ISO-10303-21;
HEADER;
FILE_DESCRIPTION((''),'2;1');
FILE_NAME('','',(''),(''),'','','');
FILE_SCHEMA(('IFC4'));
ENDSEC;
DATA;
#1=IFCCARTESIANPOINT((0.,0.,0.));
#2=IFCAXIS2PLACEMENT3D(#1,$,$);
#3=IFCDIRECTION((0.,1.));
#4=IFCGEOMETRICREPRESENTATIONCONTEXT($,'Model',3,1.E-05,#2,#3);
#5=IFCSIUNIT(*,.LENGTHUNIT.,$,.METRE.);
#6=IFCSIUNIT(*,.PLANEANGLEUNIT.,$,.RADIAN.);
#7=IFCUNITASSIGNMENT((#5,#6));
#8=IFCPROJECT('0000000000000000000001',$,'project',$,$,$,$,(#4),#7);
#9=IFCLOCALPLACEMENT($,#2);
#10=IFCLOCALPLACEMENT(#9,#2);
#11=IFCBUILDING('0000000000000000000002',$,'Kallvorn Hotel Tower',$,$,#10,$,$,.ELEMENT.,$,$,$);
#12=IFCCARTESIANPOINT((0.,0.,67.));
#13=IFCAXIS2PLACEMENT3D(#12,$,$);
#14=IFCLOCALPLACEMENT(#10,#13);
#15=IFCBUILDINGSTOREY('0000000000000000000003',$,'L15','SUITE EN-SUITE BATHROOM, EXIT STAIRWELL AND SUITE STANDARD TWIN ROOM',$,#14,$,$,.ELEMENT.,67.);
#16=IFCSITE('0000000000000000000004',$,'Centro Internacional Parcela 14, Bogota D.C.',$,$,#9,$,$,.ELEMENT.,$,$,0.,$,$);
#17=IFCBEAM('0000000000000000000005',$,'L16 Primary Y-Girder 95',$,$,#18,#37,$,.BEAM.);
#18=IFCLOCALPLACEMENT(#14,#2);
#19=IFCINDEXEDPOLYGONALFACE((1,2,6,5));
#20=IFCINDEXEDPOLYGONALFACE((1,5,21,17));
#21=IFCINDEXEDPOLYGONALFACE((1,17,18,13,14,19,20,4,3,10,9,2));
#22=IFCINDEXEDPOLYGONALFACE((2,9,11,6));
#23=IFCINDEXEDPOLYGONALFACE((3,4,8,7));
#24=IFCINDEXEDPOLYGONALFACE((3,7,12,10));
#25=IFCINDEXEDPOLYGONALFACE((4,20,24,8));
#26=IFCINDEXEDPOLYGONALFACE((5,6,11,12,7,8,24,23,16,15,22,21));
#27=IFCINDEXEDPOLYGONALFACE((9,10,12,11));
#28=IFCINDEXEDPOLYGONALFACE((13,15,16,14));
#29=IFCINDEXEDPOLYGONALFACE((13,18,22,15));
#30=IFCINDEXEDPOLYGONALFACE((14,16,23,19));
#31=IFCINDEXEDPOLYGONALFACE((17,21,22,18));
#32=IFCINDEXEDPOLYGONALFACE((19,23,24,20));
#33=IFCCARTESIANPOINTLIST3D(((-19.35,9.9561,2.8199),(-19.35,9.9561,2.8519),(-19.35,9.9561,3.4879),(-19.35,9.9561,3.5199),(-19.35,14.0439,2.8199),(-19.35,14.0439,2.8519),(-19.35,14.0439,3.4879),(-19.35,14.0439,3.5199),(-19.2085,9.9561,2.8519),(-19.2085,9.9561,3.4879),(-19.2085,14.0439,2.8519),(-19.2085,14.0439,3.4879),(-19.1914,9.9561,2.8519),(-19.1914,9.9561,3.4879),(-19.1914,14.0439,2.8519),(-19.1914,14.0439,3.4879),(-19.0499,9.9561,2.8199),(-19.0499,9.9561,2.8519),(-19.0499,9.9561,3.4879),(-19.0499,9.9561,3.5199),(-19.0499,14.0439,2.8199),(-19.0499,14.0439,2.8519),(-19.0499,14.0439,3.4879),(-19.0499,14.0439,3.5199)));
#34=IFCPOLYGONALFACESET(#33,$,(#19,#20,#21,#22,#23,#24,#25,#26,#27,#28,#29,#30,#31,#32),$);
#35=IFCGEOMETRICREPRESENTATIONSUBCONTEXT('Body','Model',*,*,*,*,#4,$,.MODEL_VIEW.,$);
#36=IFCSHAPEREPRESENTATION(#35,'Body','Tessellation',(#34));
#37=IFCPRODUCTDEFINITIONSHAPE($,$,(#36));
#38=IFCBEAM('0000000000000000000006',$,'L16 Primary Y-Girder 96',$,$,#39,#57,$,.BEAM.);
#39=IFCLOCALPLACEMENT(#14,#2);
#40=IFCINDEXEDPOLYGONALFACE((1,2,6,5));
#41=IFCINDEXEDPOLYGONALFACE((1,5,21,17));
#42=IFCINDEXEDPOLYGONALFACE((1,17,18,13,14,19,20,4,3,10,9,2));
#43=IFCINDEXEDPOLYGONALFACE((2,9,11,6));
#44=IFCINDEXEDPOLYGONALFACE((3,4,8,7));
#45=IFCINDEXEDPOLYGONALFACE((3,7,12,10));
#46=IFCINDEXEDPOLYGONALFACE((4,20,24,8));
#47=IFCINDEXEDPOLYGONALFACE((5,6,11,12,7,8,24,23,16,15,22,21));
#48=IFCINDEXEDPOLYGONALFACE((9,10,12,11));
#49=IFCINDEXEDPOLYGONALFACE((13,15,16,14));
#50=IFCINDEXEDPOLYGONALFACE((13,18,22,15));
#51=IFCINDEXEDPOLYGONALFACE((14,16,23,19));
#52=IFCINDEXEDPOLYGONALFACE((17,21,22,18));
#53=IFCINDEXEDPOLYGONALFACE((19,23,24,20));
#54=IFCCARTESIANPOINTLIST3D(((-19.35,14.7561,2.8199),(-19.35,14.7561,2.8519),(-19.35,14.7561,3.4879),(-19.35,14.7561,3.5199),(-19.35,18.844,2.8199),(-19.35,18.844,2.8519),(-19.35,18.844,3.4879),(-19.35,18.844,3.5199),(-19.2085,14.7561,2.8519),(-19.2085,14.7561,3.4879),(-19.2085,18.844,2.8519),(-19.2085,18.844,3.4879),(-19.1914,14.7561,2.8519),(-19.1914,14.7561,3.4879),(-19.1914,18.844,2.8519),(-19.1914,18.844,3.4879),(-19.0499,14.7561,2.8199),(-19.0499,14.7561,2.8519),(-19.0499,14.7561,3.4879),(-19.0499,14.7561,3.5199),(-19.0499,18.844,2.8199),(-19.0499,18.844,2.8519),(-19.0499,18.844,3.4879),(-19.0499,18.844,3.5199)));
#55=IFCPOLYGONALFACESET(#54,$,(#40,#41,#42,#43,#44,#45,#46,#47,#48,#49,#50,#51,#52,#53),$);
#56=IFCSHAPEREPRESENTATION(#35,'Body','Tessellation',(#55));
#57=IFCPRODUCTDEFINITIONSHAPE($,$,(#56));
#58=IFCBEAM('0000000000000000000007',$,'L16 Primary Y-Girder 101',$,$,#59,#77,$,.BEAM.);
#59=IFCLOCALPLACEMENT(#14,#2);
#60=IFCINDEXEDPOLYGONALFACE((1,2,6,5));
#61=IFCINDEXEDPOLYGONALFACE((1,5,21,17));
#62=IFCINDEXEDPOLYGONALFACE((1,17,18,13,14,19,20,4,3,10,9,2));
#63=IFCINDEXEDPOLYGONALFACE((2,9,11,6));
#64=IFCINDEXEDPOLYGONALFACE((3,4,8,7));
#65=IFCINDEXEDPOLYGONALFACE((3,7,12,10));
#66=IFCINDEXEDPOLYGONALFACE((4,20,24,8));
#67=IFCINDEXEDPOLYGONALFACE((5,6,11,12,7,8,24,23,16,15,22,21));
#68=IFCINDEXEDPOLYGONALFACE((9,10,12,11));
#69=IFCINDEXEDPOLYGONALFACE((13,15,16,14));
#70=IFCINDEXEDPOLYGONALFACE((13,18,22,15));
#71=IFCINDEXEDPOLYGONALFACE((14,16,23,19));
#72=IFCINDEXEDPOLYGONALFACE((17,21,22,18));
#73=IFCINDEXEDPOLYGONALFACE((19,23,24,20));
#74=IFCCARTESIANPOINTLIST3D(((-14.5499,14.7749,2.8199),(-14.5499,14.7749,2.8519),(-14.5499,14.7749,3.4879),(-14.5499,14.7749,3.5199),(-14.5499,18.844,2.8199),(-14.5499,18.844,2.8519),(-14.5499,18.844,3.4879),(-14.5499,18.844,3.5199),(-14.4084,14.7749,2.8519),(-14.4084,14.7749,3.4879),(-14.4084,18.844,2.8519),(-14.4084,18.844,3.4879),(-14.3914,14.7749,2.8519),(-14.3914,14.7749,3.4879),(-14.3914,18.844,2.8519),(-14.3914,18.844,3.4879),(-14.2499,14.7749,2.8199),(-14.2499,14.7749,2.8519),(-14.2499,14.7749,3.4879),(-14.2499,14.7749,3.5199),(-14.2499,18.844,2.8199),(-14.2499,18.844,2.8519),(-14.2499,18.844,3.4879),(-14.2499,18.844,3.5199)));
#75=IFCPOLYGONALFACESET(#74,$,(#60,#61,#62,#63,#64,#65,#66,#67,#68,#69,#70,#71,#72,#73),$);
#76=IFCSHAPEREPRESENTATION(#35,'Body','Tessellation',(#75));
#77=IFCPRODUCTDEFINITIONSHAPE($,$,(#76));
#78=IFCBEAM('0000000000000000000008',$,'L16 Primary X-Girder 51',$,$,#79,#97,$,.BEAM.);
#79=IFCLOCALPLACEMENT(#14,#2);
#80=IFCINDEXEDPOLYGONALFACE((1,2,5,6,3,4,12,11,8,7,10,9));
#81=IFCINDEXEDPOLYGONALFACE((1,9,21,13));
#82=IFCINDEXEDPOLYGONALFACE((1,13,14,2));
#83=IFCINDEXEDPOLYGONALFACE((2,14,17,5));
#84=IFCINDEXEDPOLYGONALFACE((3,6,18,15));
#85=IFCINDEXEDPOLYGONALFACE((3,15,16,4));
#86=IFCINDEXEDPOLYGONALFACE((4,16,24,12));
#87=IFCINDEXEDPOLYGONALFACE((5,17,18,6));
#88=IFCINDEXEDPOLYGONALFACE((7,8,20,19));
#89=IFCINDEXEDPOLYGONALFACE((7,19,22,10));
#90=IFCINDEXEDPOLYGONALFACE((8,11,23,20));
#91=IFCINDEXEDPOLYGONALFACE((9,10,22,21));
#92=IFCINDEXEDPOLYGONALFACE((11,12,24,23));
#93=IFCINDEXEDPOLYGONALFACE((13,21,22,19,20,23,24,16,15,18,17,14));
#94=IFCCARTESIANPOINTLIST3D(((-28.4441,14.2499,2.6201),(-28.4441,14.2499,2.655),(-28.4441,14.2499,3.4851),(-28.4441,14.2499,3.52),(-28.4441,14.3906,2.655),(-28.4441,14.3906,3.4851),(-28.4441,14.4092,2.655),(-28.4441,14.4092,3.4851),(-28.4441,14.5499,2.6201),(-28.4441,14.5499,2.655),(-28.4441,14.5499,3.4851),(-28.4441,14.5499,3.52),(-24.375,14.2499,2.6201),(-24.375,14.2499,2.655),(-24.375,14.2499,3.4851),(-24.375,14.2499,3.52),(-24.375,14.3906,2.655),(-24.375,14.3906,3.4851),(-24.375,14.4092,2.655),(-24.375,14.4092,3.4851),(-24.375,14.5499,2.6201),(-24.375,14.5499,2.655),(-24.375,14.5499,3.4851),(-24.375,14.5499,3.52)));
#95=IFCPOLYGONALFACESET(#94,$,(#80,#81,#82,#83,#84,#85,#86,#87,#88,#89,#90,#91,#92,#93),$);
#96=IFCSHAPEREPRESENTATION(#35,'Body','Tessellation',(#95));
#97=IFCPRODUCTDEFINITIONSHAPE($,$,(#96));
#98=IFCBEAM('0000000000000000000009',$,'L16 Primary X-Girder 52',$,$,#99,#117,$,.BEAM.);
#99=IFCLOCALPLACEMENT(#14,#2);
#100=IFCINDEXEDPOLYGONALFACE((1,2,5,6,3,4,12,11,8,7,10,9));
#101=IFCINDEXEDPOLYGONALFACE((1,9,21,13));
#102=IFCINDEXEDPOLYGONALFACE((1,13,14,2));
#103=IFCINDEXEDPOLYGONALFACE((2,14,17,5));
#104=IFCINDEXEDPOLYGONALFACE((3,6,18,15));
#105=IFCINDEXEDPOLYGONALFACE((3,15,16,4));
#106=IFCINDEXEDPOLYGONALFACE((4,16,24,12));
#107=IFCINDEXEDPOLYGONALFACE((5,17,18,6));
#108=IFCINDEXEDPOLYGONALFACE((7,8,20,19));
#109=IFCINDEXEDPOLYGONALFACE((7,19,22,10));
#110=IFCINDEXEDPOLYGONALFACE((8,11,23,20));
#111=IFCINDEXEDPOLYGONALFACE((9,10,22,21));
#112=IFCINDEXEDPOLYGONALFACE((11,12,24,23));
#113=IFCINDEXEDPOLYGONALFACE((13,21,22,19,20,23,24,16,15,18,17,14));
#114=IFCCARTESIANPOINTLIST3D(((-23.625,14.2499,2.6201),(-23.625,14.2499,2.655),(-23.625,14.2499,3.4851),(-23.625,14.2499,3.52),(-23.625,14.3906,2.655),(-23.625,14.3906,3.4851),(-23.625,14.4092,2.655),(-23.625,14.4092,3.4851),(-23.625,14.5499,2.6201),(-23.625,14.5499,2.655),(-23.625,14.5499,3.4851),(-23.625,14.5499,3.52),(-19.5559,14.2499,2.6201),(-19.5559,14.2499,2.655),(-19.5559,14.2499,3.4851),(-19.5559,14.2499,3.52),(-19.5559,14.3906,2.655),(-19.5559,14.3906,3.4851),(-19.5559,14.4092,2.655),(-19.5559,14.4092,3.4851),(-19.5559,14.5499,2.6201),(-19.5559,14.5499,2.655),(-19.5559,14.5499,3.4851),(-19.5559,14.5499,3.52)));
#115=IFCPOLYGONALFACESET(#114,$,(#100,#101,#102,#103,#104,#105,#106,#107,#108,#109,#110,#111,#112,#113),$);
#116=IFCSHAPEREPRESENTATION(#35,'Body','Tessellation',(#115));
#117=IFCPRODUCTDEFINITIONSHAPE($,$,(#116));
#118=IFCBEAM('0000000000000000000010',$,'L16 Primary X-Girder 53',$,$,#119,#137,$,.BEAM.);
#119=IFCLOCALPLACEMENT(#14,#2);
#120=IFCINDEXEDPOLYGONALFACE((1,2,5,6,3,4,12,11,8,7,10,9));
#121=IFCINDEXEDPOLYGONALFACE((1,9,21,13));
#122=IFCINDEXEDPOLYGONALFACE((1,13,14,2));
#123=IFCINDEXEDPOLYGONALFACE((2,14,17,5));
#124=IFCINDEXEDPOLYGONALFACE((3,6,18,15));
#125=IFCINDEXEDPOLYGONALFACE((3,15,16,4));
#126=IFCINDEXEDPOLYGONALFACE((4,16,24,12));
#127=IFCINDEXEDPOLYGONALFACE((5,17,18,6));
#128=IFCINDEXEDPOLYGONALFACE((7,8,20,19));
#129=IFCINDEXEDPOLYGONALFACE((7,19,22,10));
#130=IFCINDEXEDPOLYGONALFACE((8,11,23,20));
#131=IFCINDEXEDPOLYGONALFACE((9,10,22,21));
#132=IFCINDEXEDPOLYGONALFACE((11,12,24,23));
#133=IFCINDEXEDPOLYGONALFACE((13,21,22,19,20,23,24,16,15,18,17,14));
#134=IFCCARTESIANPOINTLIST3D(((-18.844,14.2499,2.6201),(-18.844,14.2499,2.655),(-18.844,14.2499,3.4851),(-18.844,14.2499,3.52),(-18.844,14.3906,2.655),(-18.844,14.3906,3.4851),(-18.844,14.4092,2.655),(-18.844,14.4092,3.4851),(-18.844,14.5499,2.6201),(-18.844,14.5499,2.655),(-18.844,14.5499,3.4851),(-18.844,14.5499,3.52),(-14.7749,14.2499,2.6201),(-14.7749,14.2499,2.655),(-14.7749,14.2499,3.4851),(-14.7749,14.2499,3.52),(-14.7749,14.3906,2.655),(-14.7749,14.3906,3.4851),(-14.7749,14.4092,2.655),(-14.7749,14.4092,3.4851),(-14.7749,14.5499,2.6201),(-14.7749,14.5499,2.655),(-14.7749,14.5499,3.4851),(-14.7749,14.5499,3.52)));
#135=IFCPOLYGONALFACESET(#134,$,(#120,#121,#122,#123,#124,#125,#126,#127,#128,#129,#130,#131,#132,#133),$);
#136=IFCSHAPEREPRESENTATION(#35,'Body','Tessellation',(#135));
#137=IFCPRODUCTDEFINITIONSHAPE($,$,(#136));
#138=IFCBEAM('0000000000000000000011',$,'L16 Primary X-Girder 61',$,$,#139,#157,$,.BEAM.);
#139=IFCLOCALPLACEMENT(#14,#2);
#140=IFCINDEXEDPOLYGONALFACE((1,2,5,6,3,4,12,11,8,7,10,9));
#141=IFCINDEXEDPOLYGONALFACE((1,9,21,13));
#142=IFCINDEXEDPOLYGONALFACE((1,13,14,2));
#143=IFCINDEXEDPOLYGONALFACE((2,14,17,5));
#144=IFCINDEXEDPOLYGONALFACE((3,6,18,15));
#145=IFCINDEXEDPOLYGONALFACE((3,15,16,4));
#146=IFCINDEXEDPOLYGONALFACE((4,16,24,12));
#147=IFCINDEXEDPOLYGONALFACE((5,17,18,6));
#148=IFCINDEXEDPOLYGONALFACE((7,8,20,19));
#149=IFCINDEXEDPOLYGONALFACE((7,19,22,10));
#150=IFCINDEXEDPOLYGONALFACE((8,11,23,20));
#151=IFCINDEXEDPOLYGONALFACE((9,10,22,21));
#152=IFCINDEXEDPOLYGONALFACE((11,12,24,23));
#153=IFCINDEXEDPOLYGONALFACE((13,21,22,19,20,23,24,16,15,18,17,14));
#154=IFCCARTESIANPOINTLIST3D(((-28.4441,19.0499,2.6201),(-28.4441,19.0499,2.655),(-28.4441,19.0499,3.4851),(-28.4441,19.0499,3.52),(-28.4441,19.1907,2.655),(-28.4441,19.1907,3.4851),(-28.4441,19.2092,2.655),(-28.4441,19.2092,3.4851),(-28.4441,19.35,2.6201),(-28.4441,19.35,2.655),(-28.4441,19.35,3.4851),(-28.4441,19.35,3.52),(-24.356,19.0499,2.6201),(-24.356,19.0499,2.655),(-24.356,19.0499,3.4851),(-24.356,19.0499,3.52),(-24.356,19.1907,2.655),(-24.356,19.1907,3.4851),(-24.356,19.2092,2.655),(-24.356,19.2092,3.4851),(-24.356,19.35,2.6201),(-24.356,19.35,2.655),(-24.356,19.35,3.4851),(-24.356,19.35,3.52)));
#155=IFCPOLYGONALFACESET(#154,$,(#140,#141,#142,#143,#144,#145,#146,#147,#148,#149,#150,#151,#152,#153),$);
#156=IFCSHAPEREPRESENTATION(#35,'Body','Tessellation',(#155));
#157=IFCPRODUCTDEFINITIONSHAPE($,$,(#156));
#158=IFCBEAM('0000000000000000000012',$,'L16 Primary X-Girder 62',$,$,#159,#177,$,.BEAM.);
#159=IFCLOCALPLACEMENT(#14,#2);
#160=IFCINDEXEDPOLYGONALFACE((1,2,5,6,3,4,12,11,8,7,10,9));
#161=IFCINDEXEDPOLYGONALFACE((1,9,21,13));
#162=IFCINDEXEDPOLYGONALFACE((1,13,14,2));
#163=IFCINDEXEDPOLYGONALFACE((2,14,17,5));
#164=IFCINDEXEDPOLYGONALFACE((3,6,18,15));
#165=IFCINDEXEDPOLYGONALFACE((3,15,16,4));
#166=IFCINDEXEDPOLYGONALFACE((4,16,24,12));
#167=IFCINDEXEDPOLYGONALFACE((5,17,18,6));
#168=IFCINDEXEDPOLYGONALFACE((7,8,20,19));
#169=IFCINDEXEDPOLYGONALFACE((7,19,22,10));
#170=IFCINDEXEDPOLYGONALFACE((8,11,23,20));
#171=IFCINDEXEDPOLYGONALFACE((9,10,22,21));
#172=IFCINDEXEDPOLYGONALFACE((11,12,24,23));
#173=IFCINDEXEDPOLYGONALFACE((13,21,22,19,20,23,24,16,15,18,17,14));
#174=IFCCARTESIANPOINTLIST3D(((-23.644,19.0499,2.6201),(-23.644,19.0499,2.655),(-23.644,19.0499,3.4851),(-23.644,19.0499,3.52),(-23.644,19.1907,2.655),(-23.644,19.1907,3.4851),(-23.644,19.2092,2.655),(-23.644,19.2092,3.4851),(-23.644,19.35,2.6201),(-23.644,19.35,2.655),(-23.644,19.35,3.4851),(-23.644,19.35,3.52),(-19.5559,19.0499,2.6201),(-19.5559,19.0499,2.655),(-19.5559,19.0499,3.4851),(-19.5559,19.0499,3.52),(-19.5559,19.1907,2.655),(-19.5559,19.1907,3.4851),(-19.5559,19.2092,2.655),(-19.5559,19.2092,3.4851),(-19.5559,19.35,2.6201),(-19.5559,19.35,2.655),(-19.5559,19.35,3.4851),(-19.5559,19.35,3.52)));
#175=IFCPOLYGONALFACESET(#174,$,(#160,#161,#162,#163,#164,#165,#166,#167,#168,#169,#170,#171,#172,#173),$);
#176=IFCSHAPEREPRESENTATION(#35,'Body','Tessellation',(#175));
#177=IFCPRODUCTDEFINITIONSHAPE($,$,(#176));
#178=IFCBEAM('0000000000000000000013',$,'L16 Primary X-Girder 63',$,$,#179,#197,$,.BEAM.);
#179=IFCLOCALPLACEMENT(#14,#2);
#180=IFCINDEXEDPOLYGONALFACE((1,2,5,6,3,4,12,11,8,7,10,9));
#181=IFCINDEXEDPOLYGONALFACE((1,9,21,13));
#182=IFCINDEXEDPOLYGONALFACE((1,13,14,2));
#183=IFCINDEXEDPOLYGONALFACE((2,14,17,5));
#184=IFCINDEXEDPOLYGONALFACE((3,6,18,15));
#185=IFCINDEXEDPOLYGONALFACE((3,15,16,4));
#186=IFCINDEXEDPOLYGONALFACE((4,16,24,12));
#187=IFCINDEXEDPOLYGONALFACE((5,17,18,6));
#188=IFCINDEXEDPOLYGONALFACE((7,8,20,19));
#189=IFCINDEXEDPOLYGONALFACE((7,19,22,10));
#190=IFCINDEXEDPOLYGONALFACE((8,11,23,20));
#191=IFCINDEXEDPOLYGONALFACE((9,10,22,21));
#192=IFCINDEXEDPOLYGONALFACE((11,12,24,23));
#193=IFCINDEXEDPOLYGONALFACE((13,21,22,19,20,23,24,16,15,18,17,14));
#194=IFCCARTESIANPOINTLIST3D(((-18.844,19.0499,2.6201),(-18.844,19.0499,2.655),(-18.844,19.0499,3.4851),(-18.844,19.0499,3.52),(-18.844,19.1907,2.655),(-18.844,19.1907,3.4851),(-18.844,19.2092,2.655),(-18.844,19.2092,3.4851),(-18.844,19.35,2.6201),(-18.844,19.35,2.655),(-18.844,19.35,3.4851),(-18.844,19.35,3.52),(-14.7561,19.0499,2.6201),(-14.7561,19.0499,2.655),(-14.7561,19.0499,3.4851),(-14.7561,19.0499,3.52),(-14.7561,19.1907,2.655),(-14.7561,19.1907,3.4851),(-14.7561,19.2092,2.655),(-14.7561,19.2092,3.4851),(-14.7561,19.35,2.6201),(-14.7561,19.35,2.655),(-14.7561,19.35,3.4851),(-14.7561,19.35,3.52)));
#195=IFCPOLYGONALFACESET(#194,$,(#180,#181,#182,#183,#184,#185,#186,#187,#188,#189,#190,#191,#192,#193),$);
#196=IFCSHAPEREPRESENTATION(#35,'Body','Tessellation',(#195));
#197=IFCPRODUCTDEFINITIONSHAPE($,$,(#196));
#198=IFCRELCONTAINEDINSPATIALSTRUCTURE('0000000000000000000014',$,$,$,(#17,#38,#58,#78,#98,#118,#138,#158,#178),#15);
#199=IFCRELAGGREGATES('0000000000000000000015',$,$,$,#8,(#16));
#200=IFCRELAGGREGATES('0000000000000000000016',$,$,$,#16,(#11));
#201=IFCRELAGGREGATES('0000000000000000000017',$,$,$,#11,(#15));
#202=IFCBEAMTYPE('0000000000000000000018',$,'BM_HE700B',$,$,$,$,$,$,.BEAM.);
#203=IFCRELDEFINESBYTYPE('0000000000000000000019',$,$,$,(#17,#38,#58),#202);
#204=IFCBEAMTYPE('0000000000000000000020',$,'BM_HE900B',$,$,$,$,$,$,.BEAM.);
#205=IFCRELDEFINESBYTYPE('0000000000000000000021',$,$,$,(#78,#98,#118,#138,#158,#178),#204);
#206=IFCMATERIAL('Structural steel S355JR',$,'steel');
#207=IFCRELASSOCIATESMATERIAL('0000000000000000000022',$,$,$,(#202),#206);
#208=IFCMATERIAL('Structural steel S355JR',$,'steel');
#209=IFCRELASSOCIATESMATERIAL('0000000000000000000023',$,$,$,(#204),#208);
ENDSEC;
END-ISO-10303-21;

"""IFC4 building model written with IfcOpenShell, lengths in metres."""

from ifc_helpers import new_model, si_unit, direction, frame, origin, origin_2d, place, context, subcontext, project, spatial, i_section, extrude, material, material_profile, profile_set, type_object, element, save


model = new_model("IFC4")

# Units and contexts
model_context = context("Model", 3, precision=1e-05, world=origin(), true_north=direction((0.0, 1.0)))
body_context = subcontext(model_context, "Body", "Model", "MODEL_VIEW")
ifc_project = project(units=[si_unit("LENGTHUNIT", "METRE"), si_unit("PLANEANGLEUNIT", "RADIAN")], contexts=[model_context])

# Site, building, storey
site_placement = place(None, origin())
site = spatial("IfcSite", under=ifc_project, at=site_placement, Name="Centro Internacional Parcela 14, Bogota D.C.", CompositionType="ELEMENT", RefElevation=0.0)
building_placement = place(site_placement, origin())
building = spatial("IfcBuilding", under=site, at=building_placement, Name="Kallvorn Hotel Tower", CompositionType="ELEMENT")
storey_placement = place(building_placement, frame((0.0, 0.0, 67.0)))
storey = spatial("IfcBuildingStorey", under=building, at=storey_placement, Name="L15", Description="SUITE EN-SUITE BATHROOM, EXIT STAIRWELL AND SUITE STANDARD TWIN ROOM", CompositionType="ELEMENT", Elevation=67.0)

# Beams
ifc_material_1 = material(Name="Structural steel S355JR", Category="steel")
ifc_material_profile_1 = material_profile(ifc_material_1, i_section(OverallWidth=0.3, OverallDepth=0.7, WebThickness=0.0171, FlangeThickness=0.032, at=origin_2d()), Name="HE 700 B")
ifc_profile_set_1 = profile_set([ifc_material_profile_1], Name="Structural steel S355JR")
beam_type_1 = type_object("IfcBeamType", Name="BM_HE700B", PredefinedType="BEAM", material=ifc_profile_set_1)
for number, where, z_axis, x_axis, name in (
    (1, (-19.2, 9.9561, 3.1699), (0.0, 1.0, 0.0), (-1.0, 0.0, 0.0), "L16 Primary Y-Girder 95"),
    (2, (-19.2, 14.7561, 3.1699), (0.0, 1.0, 0.0), (-1.0, 0.0, 0.0), "L16 Primary Y-Girder 96"),
):
    element("IfcBeam", number, at=place(storey_placement, frame(where, z_axis=z_axis, x_axis=x_axis)), inside=storey, type_object=beam_type_1, Name=name, PredefinedType="BEAM", context=body_context, shape_type="SweptSolid", body=[
        extrude(i_section(OverallWidth=0.3, OverallDepth=0.7, WebThickness=0.0171, FlangeThickness=0.032, at=origin_2d()), origin(), (0.0, 0.0, 1.0), 4.0879),
    ])
beam_1_placement = place(storey_placement, frame((-14.3999, 14.7749, 3.1699), z_axis=(0.0, 1.0, 0.0), x_axis=(-1.0, 0.0, 0.0)))
element("IfcBeam", 3, at=beam_1_placement, inside=storey, type_object=beam_type_1, Name="L16 Primary Y-Girder 101", PredefinedType="BEAM", context=body_context, shape_type="SweptSolid", body=[
    extrude(i_section(OverallWidth=0.3, OverallDepth=0.7, WebThickness=0.0171, FlangeThickness=0.032, at=origin_2d()), origin(), (0.0, 0.0, 1.0), 4.0691),
])
ifc_material_2 = material(Name="Structural steel S355JR", Category="steel")
ifc_material_profile_2 = material_profile(ifc_material_2, i_section(OverallWidth=0.3, OverallDepth=0.8999, WebThickness=0.0186, FlangeThickness=0.0349, at=origin_2d()), Name="HE 900 B")
ifc_profile_set_2 = profile_set([ifc_material_profile_2], Name="Structural steel S355JR")
beam_type_2 = type_object("IfcBeamType", Name="BM_HE900B", PredefinedType="BEAM", material=ifc_profile_set_2)
for number, where, z_axis, x_axis, name in (
    (4, (-28.4441, 14.3999, 3.0701), (1.0, 0.0, 0.0), (0.0, 1.0, 0.0), "L16 Primary X-Girder 51"),
    (5, (-23.625, 14.3999, 3.0701), (1.0, 0.0, 0.0), (0.0, 1.0, 0.0), "L16 Primary X-Girder 52"),
    (6, (-18.844, 14.3999, 3.0701), (1.0, 0.0, 0.0), (0.0, 1.0, 0.0), "L16 Primary X-Girder 53"),
):
    element("IfcBeam", number, at=place(storey_placement, frame(where, z_axis=z_axis, x_axis=x_axis)), inside=storey, type_object=beam_type_2, Name=name, PredefinedType="BEAM", context=body_context, shape_type="SweptSolid", body=[
        extrude(i_section(OverallWidth=0.3, OverallDepth=0.8999, WebThickness=0.0186, FlangeThickness=0.0349, at=origin_2d()), origin(), (0.0, 0.0, 1.0), 4.0691),
    ])
for number, where, z_axis, x_axis, name in (
    (7, (-28.4441, 19.2, 3.0701), (1.0, 0.0, 0.0), (0.0, 1.0, 0.0), "L16 Primary X-Girder 61"),
    (8, (-23.644, 19.2, 3.0701), (1.0, 0.0, 0.0), (0.0, 1.0, 0.0), "L16 Primary X-Girder 62"),
):
    element("IfcBeam", number, at=place(storey_placement, frame(where, z_axis=z_axis, x_axis=x_axis)), inside=storey, type_object=beam_type_2, Name=name, PredefinedType="BEAM", context=body_context, shape_type="SweptSolid", body=[
        extrude(i_section(OverallWidth=0.3, OverallDepth=0.8999, WebThickness=0.0186, FlangeThickness=0.0349, at=origin_2d()), origin(), (0.0, 0.0, 1.0), 4.0881),
    ])
beam_2_placement = place(storey_placement, frame((-18.844, 19.2, 3.0701), z_axis=(1.0, 0.0, 0.0), x_axis=(0.0, 1.0, 0.0)))
element("IfcBeam", 9, at=beam_2_placement, inside=storey, type_object=beam_type_2, Name="L16 Primary X-Girder 63", PredefinedType="BEAM", context=body_context, shape_type="SweptSolid", body=[
    extrude(i_section(OverallWidth=0.3, OverallDepth=0.8999, WebThickness=0.0186, FlangeThickness=0.0349, at=origin_2d()), origin(), (0.0, 0.0, 1.0), 4.0879),
])

save(model, "model.ifc")
